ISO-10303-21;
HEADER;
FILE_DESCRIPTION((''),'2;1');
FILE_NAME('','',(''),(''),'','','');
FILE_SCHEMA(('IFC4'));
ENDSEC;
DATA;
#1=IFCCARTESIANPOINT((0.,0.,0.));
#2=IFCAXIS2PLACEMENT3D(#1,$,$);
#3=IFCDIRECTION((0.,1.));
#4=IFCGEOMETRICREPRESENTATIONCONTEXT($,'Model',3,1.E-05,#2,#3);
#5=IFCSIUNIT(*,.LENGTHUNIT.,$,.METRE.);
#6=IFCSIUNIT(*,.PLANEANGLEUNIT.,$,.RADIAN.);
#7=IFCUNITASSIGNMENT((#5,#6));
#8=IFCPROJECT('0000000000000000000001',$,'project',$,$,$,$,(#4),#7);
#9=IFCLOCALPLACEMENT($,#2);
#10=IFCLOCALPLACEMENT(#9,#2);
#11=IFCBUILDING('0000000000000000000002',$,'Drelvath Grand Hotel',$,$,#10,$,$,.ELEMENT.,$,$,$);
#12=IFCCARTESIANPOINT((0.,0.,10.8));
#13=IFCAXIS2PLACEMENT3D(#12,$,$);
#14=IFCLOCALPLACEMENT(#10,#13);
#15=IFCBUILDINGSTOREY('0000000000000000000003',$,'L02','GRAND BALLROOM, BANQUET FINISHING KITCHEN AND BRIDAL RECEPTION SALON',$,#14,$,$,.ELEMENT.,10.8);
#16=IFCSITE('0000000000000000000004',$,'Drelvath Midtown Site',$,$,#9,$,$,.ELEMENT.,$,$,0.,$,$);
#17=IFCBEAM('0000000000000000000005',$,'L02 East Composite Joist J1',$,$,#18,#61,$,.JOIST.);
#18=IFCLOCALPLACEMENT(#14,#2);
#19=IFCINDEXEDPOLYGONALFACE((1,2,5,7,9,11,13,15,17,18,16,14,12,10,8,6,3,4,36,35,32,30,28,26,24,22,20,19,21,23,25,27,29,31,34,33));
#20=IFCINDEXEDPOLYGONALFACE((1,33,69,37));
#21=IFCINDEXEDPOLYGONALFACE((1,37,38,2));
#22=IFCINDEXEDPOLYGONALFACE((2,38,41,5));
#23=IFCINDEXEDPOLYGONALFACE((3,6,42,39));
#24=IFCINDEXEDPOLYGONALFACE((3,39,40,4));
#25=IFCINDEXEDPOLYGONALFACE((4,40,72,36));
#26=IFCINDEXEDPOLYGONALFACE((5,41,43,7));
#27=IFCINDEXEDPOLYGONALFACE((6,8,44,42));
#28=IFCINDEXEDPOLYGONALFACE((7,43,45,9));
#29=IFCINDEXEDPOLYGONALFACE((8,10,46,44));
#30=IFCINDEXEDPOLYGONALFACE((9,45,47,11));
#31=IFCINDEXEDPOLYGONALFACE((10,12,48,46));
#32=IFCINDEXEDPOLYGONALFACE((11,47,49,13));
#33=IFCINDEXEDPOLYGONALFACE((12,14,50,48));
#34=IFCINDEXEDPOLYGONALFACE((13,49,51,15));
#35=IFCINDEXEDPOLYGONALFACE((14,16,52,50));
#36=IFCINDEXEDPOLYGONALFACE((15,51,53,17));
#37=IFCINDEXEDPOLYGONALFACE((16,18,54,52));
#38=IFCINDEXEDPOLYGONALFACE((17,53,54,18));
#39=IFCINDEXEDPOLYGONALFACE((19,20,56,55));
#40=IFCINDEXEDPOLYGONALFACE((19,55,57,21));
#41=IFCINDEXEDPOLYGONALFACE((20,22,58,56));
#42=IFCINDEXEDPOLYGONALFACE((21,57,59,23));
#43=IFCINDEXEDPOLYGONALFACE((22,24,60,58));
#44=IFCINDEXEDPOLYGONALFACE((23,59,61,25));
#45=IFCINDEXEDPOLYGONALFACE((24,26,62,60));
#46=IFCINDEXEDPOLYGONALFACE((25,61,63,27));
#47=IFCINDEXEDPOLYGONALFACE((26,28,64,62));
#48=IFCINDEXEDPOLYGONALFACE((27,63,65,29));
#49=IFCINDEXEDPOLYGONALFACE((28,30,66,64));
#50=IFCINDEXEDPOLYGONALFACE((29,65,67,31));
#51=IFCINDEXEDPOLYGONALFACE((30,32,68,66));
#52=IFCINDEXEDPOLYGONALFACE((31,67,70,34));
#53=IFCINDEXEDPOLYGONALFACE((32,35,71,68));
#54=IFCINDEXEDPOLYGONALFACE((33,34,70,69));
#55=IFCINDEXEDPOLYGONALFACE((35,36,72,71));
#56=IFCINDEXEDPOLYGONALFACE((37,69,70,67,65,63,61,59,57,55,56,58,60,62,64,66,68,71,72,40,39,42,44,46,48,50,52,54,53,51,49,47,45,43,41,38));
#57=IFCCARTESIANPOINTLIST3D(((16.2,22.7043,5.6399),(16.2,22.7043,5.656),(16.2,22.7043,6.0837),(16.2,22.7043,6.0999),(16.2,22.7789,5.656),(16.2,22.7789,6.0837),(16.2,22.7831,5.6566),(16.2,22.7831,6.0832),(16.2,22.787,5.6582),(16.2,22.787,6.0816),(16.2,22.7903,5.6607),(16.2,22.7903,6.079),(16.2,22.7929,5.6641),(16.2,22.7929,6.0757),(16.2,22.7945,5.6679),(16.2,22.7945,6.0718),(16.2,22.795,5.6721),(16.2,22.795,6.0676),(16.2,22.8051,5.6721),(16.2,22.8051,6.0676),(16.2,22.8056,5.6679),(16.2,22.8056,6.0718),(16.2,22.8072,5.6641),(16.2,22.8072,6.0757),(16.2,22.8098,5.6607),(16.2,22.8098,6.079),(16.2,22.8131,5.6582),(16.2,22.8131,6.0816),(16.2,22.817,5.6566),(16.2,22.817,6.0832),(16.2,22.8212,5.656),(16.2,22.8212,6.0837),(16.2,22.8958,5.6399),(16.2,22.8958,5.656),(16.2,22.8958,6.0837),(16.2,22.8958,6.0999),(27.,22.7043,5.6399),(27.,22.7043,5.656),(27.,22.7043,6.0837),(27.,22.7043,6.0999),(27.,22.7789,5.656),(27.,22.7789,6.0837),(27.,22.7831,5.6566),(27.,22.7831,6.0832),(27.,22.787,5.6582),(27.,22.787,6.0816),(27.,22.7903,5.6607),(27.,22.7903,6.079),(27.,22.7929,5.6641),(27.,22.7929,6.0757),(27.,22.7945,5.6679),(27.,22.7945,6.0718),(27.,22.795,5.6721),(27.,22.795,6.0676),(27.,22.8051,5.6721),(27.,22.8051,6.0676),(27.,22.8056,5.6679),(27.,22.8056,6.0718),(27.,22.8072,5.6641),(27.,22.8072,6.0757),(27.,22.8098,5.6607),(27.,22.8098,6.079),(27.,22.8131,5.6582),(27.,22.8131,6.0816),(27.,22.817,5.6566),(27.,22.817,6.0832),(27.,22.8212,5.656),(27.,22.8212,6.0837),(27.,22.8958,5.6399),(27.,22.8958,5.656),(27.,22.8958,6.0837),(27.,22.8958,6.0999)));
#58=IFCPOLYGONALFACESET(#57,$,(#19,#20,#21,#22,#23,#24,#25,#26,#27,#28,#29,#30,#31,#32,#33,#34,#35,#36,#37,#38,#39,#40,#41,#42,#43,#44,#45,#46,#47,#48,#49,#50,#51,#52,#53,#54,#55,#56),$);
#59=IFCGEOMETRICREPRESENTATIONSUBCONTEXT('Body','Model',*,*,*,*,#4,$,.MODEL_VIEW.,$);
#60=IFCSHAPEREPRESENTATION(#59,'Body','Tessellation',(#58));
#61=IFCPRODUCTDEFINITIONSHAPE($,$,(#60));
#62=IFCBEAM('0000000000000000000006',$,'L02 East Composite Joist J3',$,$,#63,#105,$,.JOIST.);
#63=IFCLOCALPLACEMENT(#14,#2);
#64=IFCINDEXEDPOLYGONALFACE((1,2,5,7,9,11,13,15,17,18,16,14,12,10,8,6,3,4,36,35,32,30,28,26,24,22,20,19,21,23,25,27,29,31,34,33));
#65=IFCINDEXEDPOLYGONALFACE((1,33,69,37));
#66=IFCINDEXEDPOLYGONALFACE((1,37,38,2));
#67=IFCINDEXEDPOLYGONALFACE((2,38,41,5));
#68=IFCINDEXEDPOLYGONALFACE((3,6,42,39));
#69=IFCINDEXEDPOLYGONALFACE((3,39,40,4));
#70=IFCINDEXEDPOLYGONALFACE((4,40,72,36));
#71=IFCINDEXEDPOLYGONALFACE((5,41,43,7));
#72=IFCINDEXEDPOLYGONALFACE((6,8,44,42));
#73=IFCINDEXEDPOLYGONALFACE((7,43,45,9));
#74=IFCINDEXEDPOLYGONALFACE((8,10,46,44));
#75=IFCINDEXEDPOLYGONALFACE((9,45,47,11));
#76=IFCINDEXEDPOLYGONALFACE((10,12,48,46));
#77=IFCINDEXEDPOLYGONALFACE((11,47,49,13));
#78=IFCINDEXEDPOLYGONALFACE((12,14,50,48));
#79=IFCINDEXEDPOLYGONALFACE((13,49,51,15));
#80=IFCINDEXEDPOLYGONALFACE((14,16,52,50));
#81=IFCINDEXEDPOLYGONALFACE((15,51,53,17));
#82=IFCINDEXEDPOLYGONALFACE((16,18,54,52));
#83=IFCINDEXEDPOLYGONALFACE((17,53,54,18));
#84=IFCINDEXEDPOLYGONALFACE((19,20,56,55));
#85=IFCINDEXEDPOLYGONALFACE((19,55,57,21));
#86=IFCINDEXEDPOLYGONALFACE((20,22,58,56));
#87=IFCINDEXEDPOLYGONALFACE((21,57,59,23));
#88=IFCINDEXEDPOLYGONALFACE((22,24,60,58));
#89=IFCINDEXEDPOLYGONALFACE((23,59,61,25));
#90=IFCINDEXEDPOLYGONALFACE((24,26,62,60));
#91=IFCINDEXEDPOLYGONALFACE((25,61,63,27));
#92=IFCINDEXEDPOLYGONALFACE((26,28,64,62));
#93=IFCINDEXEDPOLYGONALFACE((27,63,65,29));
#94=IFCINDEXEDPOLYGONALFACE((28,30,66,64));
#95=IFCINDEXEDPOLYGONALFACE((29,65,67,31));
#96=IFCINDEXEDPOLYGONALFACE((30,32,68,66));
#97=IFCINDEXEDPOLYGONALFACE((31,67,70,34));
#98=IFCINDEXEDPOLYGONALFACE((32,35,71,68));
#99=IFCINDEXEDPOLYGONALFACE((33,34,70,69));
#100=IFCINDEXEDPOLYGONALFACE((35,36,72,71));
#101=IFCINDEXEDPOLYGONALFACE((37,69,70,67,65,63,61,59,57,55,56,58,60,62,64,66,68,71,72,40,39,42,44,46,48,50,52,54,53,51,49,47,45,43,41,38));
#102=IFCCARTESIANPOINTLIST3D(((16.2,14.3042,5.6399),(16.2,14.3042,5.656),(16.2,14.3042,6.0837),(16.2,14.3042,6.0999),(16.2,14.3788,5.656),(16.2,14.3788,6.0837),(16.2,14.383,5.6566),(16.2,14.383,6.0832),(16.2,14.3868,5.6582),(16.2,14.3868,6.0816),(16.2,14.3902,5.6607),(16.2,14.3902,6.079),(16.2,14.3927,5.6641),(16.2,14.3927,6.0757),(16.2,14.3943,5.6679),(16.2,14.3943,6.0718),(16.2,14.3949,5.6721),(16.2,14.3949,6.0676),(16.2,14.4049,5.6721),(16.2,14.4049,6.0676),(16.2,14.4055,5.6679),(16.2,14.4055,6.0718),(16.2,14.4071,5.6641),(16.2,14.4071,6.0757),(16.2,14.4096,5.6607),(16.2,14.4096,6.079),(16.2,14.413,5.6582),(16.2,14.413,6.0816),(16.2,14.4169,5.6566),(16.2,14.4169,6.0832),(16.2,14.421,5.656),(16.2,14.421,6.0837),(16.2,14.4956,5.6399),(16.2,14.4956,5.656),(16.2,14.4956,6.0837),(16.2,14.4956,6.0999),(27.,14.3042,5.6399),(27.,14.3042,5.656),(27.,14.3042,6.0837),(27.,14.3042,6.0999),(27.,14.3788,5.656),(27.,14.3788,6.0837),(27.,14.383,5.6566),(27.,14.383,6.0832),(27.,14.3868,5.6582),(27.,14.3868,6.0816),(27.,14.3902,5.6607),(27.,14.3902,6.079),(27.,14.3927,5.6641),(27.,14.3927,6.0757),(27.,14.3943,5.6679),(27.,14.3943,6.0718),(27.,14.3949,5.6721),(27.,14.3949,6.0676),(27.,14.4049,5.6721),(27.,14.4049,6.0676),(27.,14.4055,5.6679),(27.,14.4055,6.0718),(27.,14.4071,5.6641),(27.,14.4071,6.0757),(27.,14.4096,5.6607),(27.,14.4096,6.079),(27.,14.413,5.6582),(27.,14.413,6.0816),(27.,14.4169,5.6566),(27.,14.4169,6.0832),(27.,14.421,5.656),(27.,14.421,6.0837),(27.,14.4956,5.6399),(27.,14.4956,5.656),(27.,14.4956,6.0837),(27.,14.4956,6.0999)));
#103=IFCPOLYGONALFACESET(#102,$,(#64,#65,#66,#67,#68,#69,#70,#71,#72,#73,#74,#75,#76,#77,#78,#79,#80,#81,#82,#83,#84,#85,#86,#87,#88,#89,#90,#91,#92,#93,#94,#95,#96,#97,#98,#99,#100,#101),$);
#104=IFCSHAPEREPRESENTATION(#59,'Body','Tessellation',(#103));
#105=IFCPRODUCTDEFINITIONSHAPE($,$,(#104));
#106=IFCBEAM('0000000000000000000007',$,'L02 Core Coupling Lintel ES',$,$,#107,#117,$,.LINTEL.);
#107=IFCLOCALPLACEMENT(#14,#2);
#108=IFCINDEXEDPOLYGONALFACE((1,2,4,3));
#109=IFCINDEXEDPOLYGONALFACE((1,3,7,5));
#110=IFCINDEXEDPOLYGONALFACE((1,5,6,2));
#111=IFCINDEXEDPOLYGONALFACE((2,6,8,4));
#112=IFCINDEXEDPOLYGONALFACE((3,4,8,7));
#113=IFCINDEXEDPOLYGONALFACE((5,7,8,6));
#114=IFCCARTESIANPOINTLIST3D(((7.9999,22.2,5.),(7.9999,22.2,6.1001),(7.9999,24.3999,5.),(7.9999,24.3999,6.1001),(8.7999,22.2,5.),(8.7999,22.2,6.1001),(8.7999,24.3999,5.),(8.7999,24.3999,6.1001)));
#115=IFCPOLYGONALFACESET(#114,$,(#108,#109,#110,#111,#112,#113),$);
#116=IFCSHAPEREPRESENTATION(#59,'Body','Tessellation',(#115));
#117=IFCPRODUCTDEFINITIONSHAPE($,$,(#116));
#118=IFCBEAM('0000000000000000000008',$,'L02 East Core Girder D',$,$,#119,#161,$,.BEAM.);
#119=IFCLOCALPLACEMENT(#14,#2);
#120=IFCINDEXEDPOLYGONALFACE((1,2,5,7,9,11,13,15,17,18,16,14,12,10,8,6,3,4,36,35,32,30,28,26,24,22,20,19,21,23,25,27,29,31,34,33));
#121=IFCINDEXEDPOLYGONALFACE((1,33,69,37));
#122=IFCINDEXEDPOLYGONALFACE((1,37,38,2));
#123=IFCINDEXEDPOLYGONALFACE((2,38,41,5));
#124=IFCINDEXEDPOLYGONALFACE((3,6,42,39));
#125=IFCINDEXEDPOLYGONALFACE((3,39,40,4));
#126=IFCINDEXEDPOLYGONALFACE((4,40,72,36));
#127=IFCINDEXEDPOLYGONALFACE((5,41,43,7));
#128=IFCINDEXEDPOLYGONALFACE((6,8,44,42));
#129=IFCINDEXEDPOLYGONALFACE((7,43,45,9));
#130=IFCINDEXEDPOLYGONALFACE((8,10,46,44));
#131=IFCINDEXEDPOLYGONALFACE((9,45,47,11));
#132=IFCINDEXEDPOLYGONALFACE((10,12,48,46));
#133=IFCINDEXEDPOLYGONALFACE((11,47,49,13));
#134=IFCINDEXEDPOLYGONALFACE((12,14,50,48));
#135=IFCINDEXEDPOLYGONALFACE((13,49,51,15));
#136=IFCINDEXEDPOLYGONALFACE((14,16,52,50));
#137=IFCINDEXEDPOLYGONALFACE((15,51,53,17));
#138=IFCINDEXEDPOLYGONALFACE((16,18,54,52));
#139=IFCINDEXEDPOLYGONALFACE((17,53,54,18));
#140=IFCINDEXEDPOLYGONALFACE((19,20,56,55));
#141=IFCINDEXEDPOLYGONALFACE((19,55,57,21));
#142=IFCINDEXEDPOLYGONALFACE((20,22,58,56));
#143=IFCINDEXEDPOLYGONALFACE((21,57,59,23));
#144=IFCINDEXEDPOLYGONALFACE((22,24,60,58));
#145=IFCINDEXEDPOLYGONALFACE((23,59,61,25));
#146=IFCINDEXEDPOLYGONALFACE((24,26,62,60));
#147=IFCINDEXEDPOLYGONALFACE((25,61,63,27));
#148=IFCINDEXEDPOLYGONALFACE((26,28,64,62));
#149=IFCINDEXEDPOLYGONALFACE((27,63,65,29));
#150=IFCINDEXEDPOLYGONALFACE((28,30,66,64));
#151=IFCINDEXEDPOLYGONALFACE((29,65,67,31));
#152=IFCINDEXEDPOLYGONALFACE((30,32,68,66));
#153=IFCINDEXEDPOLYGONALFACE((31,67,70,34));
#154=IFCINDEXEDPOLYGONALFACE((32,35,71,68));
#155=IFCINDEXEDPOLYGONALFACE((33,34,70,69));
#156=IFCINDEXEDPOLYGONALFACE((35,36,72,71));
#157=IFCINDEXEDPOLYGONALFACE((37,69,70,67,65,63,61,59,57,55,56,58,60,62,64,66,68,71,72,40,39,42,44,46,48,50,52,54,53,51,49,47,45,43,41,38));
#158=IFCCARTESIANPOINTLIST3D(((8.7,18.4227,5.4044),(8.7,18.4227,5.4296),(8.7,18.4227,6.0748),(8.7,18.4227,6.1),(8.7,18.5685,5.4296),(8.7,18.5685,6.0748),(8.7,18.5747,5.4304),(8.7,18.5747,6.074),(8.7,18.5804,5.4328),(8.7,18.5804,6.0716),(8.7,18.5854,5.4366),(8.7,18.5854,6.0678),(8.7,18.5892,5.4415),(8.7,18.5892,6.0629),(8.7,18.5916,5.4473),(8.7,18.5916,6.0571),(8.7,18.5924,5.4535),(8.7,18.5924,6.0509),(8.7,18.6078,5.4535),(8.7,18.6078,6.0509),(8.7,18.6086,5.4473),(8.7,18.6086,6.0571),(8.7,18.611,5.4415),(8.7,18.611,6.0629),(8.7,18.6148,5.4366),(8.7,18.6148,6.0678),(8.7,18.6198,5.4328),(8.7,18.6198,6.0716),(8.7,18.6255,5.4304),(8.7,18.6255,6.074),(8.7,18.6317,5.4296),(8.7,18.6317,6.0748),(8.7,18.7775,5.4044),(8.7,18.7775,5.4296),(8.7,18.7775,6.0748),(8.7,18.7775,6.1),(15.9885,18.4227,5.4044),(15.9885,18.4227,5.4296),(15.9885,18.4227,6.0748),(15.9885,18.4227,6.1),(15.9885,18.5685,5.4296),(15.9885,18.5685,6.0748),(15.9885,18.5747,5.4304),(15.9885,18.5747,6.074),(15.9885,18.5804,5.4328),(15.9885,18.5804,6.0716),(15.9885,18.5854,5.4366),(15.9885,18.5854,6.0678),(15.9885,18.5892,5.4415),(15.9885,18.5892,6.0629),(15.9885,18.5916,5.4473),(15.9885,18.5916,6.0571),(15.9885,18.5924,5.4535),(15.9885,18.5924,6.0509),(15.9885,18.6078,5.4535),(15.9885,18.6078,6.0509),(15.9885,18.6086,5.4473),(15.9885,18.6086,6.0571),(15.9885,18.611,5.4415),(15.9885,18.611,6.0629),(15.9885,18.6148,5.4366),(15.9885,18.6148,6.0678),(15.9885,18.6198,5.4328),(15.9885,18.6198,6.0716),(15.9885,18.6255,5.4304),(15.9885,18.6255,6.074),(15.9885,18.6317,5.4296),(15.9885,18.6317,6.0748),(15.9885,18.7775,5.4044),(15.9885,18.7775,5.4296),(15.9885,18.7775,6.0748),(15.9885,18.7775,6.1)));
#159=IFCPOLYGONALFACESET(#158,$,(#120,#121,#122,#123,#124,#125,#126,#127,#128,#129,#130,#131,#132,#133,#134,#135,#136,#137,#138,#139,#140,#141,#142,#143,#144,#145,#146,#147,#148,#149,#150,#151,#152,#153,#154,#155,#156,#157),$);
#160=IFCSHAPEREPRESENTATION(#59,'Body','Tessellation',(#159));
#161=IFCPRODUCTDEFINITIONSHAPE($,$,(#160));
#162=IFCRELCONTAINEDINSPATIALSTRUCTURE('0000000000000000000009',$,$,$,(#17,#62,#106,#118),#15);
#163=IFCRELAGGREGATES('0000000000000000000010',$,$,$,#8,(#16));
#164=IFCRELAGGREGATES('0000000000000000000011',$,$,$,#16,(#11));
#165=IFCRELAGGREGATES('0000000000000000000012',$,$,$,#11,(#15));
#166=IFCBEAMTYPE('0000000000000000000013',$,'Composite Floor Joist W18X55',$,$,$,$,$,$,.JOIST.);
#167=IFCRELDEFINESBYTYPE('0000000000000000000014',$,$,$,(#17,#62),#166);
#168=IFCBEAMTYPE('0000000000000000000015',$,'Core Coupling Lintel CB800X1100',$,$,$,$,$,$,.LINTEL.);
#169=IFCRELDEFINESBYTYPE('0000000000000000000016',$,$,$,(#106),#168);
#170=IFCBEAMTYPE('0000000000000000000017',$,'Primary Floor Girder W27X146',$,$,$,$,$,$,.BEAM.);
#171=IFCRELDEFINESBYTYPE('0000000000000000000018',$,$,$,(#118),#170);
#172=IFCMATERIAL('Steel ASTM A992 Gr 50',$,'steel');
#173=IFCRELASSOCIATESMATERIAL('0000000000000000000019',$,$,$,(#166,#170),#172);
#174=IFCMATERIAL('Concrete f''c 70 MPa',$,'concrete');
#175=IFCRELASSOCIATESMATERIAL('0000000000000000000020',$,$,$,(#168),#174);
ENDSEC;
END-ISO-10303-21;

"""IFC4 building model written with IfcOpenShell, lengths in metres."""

from ifc_helpers import new_model, si_unit, direction, frame, origin, origin_2d, place, context, subcontext, project, spatial, rectangle, i_section, extrude, material, material_profile, profile_set, type_object, element, save


model = new_model("IFC4")

# Units and contexts
model_context = context("Model", 3, precision=1e-05, world=origin(), true_north=direction((0.0, 1.0)))
body_context = subcontext(model_context, "Body", "Model", "MODEL_VIEW")
ifc_project = project(units=[si_unit("LENGTHUNIT", "METRE"), si_unit("PLANEANGLEUNIT", "RADIAN")], contexts=[model_context])

# Site, building, storey
site_placement = place(None, origin())
site = spatial("IfcSite", under=ifc_project, at=site_placement, Name="Drelvath Midtown Site", CompositionType="ELEMENT", RefElevation=0.0)
building_placement = place(site_placement, origin())
building = spatial("IfcBuilding", under=site, at=building_placement, Name="Drelvath Grand Hotel", CompositionType="ELEMENT")
storey_placement = place(building_placement, frame((0.0, 0.0, 10.8)))
storey = spatial("IfcBuildingStorey", under=building, at=storey_placement, Name="L02", Description="GRAND BALLROOM, BANQUET FINISHING KITCHEN AND BRIDAL RECEPTION SALON", CompositionType="ELEMENT", Elevation=10.8)

# Beams
ifc_material_1 = material(Name="Steel ASTM A992 Gr 50", Category="steel")
ifc_material_profile_1 = material_profile(ifc_material_1, i_section(OverallWidth=0.1914, OverallDepth=0.46, WebThickness=0.01, FlangeThickness=0.0161, FilletRadius=0.0161, at=origin_2d()), Name="W18X55")
ifc_profile_set_1 = profile_set([ifc_material_profile_1], Name="Steel ASTM A992 Gr 50")
beam_type_1 = type_object("IfcBeamType", Name="Composite Floor Joist W18X55", PredefinedType="JOIST", material=ifc_profile_set_1)
for number, where, z_axis, x_axis, name in (
    (1, (16.2, 22.8, 5.8699), (1.0, 0.0, 0.0), (0.0, 1.0, 0.0), "L02 East Composite Joist J1"),
    (2, (16.2, 14.3999, 5.8699), (1.0, 0.0, 0.0), (0.0, 1.0, 0.0), "L02 East Composite Joist J3"),
):
    element("IfcBeam", number, at=place(storey_placement, frame(where, z_axis=z_axis, x_axis=x_axis)), inside=storey, type_object=beam_type_1, Name=name, PredefinedType="JOIST", context=body_context, shape_type="SweptSolid", body=[
        extrude(i_section(OverallWidth=0.1914, OverallDepth=0.46, WebThickness=0.01, FlangeThickness=0.0161, FilletRadius=0.0161, at=origin_2d()), origin(), (0.0, 0.0, 1.0), 10.8),
    ])
ifc_material_2 = material(Name="Concrete f'c 70 MPa", Category="concrete")
ifc_material_profile_2 = material_profile(ifc_material_2, rectangle(XDim=0.8, YDim=1.1001, at=origin_2d()), Name="CB800X1100")
ifc_profile_set_2 = profile_set([ifc_material_profile_2], Name="Concrete f'c 70 MPa")
beam_type_2 = type_object("IfcBeamType", Name="Core Coupling Lintel CB800X1100", PredefinedType="LINTEL", material=ifc_profile_set_2)
beam_1_placement = place(storey_placement, frame((8.3999, 22.2, 5.55), z_axis=(0.0, 1.0, 0.0), x_axis=(-1.0, 0.0, 0.0)))
element("IfcBeam", 3, at=beam_1_placement, inside=storey, type_object=beam_type_2, Name="L02 Core Coupling Lintel ES", PredefinedType="LINTEL", context=body_context, shape_type="SweptSolid", body=[
    extrude(rectangle(XDim=0.8, YDim=1.1001, at=origin_2d()), origin(), (0.0, 0.0, 1.0), 2.2),
])
ifc_material_profile_3 = material_profile(ifc_material_1, i_section(OverallWidth=0.3547, OverallDepth=0.6956, WebThickness=0.0154, FlangeThickness=0.0251, FilletRadius=0.0239, at=origin_2d()), Name="W27X146")
ifc_profile_set_3 = profile_set([ifc_material_profile_3], Name="Steel ASTM A992 Gr 50")
beam_type_3 = type_object("IfcBeamType", Name="Primary Floor Girder W27X146", PredefinedType="BEAM", material=ifc_profile_set_3)
for number, where, z_axis, x_axis, name in (
    (4, (8.7, 18.6001, 5.7522), (1.0, 0.0, 0.0), (0.0, 1.0, 0.0), "L02 East Core Girder D"),
):
    element("IfcBeam", number, at=place(storey_placement, frame(where, z_axis=z_axis, x_axis=x_axis)), inside=storey, type_object=beam_type_3, Name=name, PredefinedType="BEAM", context=body_context, shape_type="SweptSolid", body=[
        extrude(i_section(OverallWidth=0.3547, OverallDepth=0.6956, WebThickness=0.0154, FlangeThickness=0.0251, FilletRadius=0.0239, at=origin_2d()), origin(), (0.0, 0.0, 1.0), 7.2886),
    ])

save(model, "model.ifc")
